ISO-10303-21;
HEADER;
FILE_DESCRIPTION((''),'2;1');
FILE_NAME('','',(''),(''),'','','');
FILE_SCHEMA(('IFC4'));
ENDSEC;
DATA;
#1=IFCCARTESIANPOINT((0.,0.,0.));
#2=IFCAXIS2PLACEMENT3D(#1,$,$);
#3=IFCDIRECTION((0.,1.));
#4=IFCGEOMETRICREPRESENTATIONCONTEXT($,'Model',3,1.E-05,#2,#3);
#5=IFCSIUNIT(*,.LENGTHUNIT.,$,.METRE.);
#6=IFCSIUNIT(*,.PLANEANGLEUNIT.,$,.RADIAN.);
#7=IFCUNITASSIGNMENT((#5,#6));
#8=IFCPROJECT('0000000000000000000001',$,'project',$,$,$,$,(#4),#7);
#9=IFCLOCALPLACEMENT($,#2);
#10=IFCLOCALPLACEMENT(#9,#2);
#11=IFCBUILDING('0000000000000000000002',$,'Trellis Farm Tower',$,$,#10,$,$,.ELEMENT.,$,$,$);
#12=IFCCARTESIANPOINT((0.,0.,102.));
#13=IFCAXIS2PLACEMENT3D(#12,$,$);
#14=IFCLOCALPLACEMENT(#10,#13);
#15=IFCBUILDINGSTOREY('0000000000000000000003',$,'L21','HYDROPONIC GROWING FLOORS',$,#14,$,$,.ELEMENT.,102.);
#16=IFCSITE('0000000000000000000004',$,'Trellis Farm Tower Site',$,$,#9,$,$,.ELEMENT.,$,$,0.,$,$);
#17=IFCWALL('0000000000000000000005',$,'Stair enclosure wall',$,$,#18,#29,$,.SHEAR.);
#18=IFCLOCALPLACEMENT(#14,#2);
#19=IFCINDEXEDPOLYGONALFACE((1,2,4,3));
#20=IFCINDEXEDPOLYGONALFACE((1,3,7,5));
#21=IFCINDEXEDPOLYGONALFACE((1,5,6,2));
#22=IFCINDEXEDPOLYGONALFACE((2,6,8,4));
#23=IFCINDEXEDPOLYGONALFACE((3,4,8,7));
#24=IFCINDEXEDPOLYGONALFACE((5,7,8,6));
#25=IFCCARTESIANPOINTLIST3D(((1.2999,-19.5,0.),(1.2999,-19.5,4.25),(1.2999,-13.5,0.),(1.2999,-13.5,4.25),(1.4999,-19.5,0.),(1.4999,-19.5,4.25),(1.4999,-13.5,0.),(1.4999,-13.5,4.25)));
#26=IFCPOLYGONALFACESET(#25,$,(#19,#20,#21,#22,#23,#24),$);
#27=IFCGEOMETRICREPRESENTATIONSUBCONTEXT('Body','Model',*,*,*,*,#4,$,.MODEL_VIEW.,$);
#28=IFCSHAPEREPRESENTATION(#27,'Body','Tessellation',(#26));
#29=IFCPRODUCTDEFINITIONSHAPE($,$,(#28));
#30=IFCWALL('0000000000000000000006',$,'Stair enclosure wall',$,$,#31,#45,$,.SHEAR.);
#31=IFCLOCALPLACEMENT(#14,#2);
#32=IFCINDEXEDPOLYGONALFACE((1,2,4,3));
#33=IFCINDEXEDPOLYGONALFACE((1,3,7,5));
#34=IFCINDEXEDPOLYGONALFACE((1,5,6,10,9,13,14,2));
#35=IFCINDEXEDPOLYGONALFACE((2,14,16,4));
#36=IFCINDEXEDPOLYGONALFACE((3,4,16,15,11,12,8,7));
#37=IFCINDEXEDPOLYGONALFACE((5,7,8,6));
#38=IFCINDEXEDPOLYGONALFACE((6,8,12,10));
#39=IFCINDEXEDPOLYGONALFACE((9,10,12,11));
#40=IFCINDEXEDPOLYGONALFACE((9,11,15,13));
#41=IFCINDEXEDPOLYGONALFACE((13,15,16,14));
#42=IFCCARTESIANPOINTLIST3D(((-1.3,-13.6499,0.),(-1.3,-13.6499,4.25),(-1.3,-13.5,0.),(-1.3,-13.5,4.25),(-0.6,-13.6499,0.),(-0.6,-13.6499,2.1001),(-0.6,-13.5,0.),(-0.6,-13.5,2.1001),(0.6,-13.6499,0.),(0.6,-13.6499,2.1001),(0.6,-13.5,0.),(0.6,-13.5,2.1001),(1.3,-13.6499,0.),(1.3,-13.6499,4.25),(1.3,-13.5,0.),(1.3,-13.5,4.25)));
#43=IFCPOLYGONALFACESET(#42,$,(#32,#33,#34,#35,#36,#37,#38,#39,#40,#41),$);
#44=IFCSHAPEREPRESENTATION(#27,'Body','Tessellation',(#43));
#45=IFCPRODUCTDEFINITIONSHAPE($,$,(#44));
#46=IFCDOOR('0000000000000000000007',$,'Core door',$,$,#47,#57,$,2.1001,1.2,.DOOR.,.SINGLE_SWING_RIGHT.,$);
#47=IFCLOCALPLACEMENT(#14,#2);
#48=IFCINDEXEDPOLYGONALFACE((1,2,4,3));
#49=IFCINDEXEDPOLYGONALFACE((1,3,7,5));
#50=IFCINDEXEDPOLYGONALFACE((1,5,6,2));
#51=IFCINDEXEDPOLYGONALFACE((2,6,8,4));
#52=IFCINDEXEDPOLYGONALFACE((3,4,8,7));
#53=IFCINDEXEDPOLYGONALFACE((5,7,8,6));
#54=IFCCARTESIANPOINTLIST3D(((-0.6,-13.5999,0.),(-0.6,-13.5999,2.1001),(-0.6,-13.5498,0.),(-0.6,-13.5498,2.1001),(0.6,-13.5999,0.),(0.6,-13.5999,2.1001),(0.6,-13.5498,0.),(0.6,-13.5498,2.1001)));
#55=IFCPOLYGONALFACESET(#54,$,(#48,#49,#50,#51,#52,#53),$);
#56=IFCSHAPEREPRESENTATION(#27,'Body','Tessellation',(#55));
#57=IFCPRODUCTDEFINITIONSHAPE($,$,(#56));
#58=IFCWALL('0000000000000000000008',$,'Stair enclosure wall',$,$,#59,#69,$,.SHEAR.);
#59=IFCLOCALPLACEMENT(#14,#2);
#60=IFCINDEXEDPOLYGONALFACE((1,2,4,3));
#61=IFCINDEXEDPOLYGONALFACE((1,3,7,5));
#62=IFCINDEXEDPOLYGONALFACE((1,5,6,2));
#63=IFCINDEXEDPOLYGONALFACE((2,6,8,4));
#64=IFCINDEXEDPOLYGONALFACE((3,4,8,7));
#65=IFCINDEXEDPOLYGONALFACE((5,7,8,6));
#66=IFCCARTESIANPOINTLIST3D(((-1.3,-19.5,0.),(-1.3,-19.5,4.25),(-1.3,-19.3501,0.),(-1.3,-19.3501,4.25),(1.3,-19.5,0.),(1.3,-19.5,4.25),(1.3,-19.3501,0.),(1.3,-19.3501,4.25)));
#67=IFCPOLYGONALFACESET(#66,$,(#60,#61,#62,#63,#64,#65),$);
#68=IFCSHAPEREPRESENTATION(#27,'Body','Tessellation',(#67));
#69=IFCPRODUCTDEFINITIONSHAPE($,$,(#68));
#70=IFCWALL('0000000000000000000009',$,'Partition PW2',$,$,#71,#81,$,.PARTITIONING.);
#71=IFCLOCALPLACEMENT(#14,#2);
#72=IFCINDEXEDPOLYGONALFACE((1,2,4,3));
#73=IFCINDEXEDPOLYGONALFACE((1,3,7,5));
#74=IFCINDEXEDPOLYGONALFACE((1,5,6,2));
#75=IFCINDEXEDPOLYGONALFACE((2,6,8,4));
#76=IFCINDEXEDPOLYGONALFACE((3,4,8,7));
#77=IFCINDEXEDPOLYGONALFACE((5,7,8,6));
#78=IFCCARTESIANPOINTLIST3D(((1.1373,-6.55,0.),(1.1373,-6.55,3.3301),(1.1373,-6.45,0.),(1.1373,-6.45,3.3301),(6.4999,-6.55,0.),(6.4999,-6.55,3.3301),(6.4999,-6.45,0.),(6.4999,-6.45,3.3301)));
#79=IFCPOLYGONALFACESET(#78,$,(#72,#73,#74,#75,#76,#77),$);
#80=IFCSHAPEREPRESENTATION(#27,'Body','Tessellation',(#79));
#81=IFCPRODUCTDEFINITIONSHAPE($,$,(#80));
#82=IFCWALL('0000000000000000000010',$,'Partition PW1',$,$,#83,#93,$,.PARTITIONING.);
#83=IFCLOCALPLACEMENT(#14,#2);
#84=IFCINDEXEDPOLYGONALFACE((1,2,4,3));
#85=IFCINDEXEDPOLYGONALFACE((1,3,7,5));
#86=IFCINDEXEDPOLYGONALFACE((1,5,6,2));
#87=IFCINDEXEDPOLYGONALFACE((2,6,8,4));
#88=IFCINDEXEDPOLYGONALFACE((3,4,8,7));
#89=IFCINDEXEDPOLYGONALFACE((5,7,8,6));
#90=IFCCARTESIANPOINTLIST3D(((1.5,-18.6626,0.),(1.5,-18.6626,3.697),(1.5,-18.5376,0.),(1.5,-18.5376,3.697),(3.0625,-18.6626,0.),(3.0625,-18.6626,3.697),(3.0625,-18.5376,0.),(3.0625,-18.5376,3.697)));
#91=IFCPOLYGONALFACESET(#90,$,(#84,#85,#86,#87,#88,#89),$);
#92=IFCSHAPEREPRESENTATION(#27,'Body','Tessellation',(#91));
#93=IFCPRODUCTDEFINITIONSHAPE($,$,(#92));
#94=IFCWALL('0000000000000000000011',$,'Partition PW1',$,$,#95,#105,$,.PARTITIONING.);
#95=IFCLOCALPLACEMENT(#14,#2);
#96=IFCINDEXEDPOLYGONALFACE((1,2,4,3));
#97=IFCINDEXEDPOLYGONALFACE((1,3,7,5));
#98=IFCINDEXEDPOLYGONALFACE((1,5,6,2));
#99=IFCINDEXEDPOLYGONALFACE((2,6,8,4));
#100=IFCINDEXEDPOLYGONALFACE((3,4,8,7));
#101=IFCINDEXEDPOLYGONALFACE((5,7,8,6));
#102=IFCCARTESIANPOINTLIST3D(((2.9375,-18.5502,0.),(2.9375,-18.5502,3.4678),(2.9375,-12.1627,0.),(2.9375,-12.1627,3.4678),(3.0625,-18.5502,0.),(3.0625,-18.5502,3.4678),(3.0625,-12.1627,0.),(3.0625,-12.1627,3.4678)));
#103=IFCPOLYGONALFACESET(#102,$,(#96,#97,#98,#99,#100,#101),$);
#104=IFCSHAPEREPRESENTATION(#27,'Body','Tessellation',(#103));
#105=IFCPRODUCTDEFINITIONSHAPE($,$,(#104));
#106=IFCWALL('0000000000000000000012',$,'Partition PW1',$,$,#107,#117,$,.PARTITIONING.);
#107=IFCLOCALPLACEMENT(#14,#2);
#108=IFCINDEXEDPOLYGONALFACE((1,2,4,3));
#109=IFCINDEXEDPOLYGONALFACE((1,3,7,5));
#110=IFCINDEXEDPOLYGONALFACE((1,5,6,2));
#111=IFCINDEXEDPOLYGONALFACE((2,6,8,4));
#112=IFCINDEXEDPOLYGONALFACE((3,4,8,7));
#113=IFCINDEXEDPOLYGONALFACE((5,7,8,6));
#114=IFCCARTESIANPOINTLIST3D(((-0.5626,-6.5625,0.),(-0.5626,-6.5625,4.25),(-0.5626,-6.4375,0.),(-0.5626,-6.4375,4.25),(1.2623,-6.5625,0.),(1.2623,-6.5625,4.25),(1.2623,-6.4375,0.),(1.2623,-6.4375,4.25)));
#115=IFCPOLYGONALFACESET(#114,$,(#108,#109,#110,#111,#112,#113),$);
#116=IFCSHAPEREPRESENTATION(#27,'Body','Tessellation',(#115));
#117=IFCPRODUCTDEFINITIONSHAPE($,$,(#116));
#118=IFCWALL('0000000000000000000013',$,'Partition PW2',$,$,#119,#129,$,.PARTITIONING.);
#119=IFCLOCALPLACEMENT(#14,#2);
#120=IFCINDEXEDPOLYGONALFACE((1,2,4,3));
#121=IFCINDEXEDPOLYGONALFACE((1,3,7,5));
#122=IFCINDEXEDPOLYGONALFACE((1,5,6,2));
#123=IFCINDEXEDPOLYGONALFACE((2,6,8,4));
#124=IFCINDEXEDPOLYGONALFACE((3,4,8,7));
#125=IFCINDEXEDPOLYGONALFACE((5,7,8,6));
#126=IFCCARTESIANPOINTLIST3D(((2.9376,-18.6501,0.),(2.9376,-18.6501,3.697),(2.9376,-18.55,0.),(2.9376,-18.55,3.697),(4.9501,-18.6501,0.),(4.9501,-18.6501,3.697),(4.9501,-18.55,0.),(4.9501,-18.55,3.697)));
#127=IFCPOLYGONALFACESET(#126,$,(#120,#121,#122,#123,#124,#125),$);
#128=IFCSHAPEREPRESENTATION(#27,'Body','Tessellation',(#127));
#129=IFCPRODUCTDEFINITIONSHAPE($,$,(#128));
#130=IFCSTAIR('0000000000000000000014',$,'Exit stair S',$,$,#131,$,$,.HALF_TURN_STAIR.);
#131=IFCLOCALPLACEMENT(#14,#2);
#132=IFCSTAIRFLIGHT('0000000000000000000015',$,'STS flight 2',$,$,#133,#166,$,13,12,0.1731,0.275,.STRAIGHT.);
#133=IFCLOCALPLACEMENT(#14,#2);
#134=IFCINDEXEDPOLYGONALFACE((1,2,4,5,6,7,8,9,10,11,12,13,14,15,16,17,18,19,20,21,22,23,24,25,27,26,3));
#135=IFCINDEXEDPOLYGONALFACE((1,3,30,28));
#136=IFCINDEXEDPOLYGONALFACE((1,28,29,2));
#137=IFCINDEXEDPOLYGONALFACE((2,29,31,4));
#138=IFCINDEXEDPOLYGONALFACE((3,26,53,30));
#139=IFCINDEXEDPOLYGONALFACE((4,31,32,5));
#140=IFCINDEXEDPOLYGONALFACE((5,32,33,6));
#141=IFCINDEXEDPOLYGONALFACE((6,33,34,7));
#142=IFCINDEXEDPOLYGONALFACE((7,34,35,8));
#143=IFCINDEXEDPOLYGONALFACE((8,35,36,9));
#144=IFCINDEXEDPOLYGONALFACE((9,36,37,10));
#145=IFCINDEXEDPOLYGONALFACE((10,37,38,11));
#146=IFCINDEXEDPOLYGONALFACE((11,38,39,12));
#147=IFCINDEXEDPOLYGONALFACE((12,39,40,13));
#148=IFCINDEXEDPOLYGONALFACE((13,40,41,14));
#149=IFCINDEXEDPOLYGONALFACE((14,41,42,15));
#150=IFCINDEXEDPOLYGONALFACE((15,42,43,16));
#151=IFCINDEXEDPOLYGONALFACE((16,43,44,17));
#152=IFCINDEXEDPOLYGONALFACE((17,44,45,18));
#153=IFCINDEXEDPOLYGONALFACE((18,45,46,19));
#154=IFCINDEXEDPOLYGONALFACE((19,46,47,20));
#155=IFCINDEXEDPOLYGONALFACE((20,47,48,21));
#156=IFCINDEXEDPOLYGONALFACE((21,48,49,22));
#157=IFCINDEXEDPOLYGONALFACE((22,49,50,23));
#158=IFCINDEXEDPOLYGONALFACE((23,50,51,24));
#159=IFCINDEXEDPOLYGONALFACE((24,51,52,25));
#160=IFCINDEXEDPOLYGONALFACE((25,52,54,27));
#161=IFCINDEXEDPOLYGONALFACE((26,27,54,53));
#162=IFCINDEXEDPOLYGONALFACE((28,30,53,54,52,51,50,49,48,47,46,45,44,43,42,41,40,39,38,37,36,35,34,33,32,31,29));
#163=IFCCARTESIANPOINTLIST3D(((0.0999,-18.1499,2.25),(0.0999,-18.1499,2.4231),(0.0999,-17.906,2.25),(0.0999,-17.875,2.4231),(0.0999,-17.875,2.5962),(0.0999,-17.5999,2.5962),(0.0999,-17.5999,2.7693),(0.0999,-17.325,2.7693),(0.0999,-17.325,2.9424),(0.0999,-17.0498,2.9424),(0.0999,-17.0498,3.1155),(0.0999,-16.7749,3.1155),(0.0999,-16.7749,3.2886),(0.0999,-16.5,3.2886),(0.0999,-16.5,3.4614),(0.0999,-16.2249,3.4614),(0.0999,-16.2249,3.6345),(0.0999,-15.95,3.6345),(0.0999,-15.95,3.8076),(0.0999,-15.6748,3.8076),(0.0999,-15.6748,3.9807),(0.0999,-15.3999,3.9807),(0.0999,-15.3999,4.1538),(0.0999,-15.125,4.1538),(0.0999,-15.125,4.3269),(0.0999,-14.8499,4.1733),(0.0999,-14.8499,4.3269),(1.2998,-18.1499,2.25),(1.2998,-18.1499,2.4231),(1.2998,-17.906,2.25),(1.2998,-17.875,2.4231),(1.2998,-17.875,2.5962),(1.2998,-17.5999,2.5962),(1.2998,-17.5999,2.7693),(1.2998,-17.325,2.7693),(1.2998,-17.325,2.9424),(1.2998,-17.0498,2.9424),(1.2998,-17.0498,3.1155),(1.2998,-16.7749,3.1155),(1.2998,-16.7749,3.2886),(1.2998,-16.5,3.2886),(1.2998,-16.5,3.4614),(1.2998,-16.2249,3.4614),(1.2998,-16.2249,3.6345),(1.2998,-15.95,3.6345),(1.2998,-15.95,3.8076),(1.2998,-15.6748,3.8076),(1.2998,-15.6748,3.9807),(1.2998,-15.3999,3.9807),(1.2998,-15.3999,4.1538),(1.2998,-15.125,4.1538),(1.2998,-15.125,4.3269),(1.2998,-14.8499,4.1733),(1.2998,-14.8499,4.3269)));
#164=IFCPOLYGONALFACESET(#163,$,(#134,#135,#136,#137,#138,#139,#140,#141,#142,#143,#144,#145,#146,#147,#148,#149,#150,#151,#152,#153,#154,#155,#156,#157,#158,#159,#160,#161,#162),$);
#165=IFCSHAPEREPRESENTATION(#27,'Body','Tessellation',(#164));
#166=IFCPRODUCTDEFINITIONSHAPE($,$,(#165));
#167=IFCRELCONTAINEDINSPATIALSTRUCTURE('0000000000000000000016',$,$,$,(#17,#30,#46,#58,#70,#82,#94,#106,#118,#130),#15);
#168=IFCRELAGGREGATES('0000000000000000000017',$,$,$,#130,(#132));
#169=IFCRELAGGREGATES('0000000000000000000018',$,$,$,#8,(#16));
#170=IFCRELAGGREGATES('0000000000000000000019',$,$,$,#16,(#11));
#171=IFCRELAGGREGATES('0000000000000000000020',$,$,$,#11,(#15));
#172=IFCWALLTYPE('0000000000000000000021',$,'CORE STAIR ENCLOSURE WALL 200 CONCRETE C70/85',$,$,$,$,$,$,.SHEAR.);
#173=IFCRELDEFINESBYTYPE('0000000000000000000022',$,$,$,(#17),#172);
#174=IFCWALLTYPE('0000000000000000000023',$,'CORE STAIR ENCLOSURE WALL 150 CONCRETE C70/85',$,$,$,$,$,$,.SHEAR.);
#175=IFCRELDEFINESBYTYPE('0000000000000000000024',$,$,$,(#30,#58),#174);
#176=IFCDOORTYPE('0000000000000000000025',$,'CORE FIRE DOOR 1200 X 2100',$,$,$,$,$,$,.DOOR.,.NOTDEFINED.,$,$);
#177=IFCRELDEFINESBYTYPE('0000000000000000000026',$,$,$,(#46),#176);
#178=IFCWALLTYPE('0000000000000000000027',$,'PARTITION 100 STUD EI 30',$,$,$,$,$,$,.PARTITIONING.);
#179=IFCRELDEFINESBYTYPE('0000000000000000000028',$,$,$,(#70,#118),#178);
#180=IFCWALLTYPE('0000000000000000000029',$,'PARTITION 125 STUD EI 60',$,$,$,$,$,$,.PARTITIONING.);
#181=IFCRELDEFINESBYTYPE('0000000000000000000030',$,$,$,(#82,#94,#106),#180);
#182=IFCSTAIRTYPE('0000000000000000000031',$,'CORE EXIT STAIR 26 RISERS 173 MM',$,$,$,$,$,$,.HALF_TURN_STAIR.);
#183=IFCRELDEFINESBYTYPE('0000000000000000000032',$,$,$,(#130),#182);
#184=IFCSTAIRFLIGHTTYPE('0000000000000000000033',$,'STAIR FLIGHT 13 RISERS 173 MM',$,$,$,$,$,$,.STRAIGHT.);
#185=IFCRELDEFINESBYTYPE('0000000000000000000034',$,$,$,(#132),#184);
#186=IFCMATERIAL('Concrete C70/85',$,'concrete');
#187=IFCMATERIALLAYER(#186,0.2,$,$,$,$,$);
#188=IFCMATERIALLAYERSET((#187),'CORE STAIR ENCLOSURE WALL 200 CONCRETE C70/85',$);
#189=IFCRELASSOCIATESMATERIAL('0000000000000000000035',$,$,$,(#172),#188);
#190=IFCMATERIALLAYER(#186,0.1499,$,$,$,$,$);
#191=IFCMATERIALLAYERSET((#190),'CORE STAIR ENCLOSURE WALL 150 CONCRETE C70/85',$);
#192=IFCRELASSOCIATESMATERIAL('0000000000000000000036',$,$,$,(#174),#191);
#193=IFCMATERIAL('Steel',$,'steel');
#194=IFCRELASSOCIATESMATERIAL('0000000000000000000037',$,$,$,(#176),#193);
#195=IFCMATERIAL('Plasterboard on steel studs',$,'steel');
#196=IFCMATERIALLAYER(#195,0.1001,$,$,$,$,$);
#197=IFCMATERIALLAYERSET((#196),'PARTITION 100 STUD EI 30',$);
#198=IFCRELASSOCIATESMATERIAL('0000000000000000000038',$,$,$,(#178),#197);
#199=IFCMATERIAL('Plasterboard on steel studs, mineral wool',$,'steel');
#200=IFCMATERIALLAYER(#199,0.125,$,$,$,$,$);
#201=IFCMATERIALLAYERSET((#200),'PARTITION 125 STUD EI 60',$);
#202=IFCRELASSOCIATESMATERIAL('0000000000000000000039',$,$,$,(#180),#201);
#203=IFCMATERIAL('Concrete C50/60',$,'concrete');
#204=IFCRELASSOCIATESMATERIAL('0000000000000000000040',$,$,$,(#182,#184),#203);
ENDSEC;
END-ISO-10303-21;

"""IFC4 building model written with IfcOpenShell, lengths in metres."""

from ifc_helpers import new_model, si_unit, direction, frame, frame_2d, origin, place, context, subcontext, project, spatial, polyline, rectangle, outline, extrude, source, transform, mapped, material, layer, layer_set, type_object, element, fill, aggregate, save


model = new_model("IFC4")

# Units and contexts
model_context = context("Model", 3, precision=1e-05, world=origin(), true_north=direction((0.0, 1.0)))
body_context = subcontext(model_context, "Body", "Model", "MODEL_VIEW")
ifc_project = project(units=[si_unit("LENGTHUNIT", "METRE"), si_unit("PLANEANGLEUNIT", "RADIAN")], contexts=[model_context])

# Site, building, storey
site_placement = place(None, origin())
site = spatial("IfcSite", under=ifc_project, at=site_placement, Name="Trellis Farm Tower Site", CompositionType="ELEMENT", RefElevation=0.0)
building_placement = place(site_placement, origin())
building = spatial("IfcBuilding", under=site, at=building_placement, Name="Trellis Farm Tower", CompositionType="ELEMENT")
storey_placement = place(building_placement, frame((0.0, 0.0, 102.0)))
storey = spatial("IfcBuildingStorey", under=building, at=storey_placement, Name="L21", Description="HYDROPONIC GROWING FLOORS", CompositionType="ELEMENT", Elevation=102.0)

# Shared definitions
placement = place(storey_placement, origin())

# Wall
ifc_material_1 = material(Name="Concrete C70/85", Category="concrete")
ifc_layer_1 = layer(ifc_material_1, 0.2)
ifc_layer_set_1 = layer_set([ifc_layer_1], Name="CORE STAIR ENCLOSURE WALL 200 CONCRETE C70/85")
wall_type_1 = type_object("IfcWallType", Name="CORE STAIR ENCLOSURE WALL 200 CONCRETE C70/85", PredefinedType="SHEAR", material=ifc_layer_set_1)
shared_shape_1 = source(origin(), body_context, "Body", "SweptSolid", [
    extrude(rectangle(XDim=6.0, YDim=0.2, at=frame_2d((3.0, 0.0))), origin(), (0.0, 0.0, 1.0), 4.25),
])
wall_1_placement = place(storey_placement, frame((1.3999, -13.5, 0.0), z_axis=(0.0, 0.0, 1.0), x_axis=(0.0, -1.0, 0.0)))
element("IfcWall", 1, at=wall_1_placement, inside=storey, type_object=wall_type_1, Name="Stair enclosure wall", PredefinedType="SHEAR", context=body_context, shape_type="MappedRepresentation", body=[
    mapped(shared_shape_1, transform((0.0, 0.0, 0.0))),
])

# Wall, opening, door
ifc_layer_2 = layer(ifc_material_1, 0.1499)
ifc_layer_set_2 = layer_set([ifc_layer_2], Name="CORE STAIR ENCLOSURE WALL 150 CONCRETE C70/85")
wall_type_2 = type_object("IfcWallType", Name="CORE STAIR ENCLOSURE WALL 150 CONCRETE C70/85", PredefinedType="SHEAR", material=ifc_layer_set_2)
shared_shape_2 = source(origin(), body_context, "Body", "SweptSolid", [
    extrude(rectangle(XDim=2.6001, YDim=0.1499, at=frame_2d((1.3, 0.0))), origin(), (0.0, 0.0, 1.0), 4.25),
])
wall_2_placement = place(storey_placement, frame((1.3, -13.575, 0.0), z_axis=(0.0, 0.0, 1.0), x_axis=(-1.0, 0.0, 0.0)))
wall_2 = element("IfcWall", 2, at=wall_2_placement, inside=storey, type_object=wall_type_2, Name="Stair enclosure wall", PredefinedType="SHEAR", context=body_context, shape_type="MappedRepresentation", body=[
    mapped(shared_shape_2, transform((0.0, 0.0, 0.0))),
])
shared_shape_3 = source(origin(), body_context, "Body", "SweptSolid", [
    extrude(rectangle(XDim=1.2, YDim=2.1001, at=frame_2d((0.6001, 1.05))), frame((0.0, 0.085, 0.0), z_axis=(0.0, -1.0, 0.0), x_axis=(1.0, 0.0, 0.0)), (0.0, 0.0, 1.0), 0.1699),
])
opening_placement = place(wall_2_placement, frame((0.7, 0.0, 0.0)))
opening = element("IfcOpeningElement", 3, at=opening_placement, cuts=wall_2, PredefinedType="OPENING", context=body_context, shape_type="MappedRepresentation", body=[
    mapped(shared_shape_3, transform((0.0, 0.0, 0.0))),
])
ifc_material_2 = material(Name="Steel", Category="steel")
door_type = type_object("IfcDoorType", Name="CORE FIRE DOOR 1200 X 2100", OperationType="NOTDEFINED", PredefinedType="DOOR", material=ifc_material_2)
shared_shape_4 = source(origin(), body_context, "Body", "SweptSolid", [
    extrude(rectangle(XDim=1.2, YDim=2.1001, at=frame_2d((0.6001, 1.05))), frame((0.0, 0.0249, 0.0), z_axis=(0.0, -1.0, 0.0), x_axis=(1.0, 0.0, 0.0)), (0.0, 0.0, 1.0), 0.05),
])
door_placement = place(opening_placement, origin())
door = element("IfcDoor", 4, at=door_placement, inside=storey, type_object=door_type, Name="Core door", OperationType="SINGLE_SWING_RIGHT", OverallHeight=2.1001, OverallWidth=1.2, PredefinedType="DOOR", context=body_context, shape_type="MappedRepresentation", body=[
    mapped(shared_shape_4, transform((0.0, 0.0, 0.0))),
])
fill(opening, door)

# Walls
wall_3_placement = place(storey_placement, frame((1.3, -19.425, 0.0), z_axis=(0.0, 0.0, 1.0), x_axis=(-1.0, 0.0, 0.0)))
element("IfcWall", 5, at=wall_3_placement, inside=storey, type_object=wall_type_2, Name="Stair enclosure wall", PredefinedType="SHEAR", context=body_context, shape_type="MappedRepresentation", body=[
    mapped(shared_shape_2, transform((0.0, 0.0, 0.0))),
])
ifc_material_3 = material(Name="Plasterboard on steel studs", Category="steel")
ifc_layer_3 = layer(ifc_material_3, 0.1001)
ifc_layer_set_3 = layer_set([ifc_layer_3], Name="PARTITION 100 STUD EI 30")
wall_type_3 = type_object("IfcWallType", Name="PARTITION 100 STUD EI 30", PredefinedType="PARTITIONING", material=ifc_layer_set_3)
shared_shape_5 = source(origin(), body_context, "Body", "SweptSolid", [
    extrude(rectangle(XDim=5.3625, YDim=0.1001, at=frame_2d((2.6812, 0.0))), origin(), (0.0, 0.0, 1.0), 3.3301),
])
wall_4_placement = place(storey_placement, frame((1.1375, -6.5, 0.0), z_axis=(0.0, 0.0, 1.0), x_axis=(1.0, 0.0, 0.0)))
element("IfcWall", 6, at=wall_4_placement, inside=storey, type_object=wall_type_3, Name="Partition PW2", PredefinedType="PARTITIONING", context=body_context, shape_type="MappedRepresentation", body=[
    mapped(shared_shape_5, transform((0.0, 0.0, 0.0))),
])
ifc_material_4 = material(Name="Plasterboard on steel studs, mineral wool", Category="steel")
ifc_layer_4 = layer(ifc_material_4, 0.125)
ifc_layer_set_4 = layer_set([ifc_layer_4], Name="PARTITION 125 STUD EI 60")
wall_type_4 = type_object("IfcWallType", Name="PARTITION 125 STUD EI 60", PredefinedType="PARTITIONING", material=ifc_layer_set_4)
shared_shape_6 = source(origin(), body_context, "Body", "SweptSolid", [
    extrude(rectangle(XDim=1.5625, YDim=0.125, at=frame_2d((0.7812, 0.0))), origin(), (0.0, 0.0, 1.0), 3.697),
])
wall_5_placement = place(storey_placement, frame((3.0625, -18.6001, 0.0), z_axis=(0.0, 0.0, 1.0), x_axis=(-1.0, 0.0, 0.0)))
element("IfcWall", 7, at=wall_5_placement, inside=storey, type_object=wall_type_4, Name="Partition PW1", PredefinedType="PARTITIONING", context=body_context, shape_type="MappedRepresentation", body=[
    mapped(shared_shape_6, transform((0.0, 0.0, 0.0))),
])
shared_shape_7 = source(origin(), body_context, "Body", "SweptSolid", [
    extrude(rectangle(XDim=6.3875, YDim=0.125, at=frame_2d((3.1938, 0.0))), origin(), (0.0, 0.0, 1.0), 3.4678),
])
wall_6_placement = place(storey_placement, frame((3.0, -12.1626, 0.0), z_axis=(0.0, 0.0, 1.0), x_axis=(0.0, -1.0, 0.0)))
element("IfcWall", 8, at=wall_6_placement, inside=storey, type_object=wall_type_4, Name="Partition PW1", PredefinedType="PARTITIONING", context=body_context, shape_type="MappedRepresentation", body=[
    mapped(shared_shape_7, transform((0.0, 0.0, 0.0))),
])
shared_shape_8 = source(origin(), body_context, "Body", "SweptSolid", [
    extrude(rectangle(XDim=1.825, YDim=0.125, at=frame_2d((0.9126, 0.0))), origin(), (0.0, 0.0, 1.0), 4.25),
])
wall_7_placement = place(storey_placement, frame((1.2625, -6.5, 0.0), z_axis=(0.0, 0.0, 1.0), x_axis=(-1.0, 0.0, 0.0)))
element("IfcWall", 9, at=wall_7_placement, inside=storey, type_object=wall_type_4, Name="Partition PW1", PredefinedType="PARTITIONING", context=body_context, shape_type="MappedRepresentation", body=[
    mapped(shared_shape_8, transform((0.0, 0.0, 0.0))),
])
shared_shape_9 = source(origin(), body_context, "Body", "SweptSolid", [
    extrude(rectangle(XDim=2.0125, YDim=0.1001, at=frame_2d((1.0063, 0.0))), origin(), (0.0, 0.0, 1.0), 3.697),
])
wall_8_placement = place(storey_placement, frame((2.9375, -18.6001, 0.0), z_axis=(0.0, 0.0, 1.0), x_axis=(1.0, 0.0, 0.0)))
element("IfcWall", 10, at=wall_8_placement, inside=storey, type_object=wall_type_3, Name="Partition PW2", PredefinedType="PARTITIONING", context=body_context, shape_type="MappedRepresentation", body=[
    mapped(shared_shape_9, transform((0.0, 0.0, 0.0))),
])

# Stair, stair flight
ifc_material_5 = material(Name="Concrete C50/60", Category="concrete")
stair_type = type_object("IfcStairType", Name="CORE EXIT STAIR 26 RISERS 173 MM", PredefinedType="HALF_TURN_STAIR", material=ifc_material_5)
stair = element("IfcStair", 11, at=placement, inside=storey, type_object=stair_type, Name="Exit stair S", PredefinedType="HALF_TURN_STAIR")
stair_flight_type = type_object("IfcStairFlightType", Name="STAIR FLIGHT 13 RISERS 173 MM", PredefinedType="STRAIGHT", material=ifc_material_5)
shared_shape_10 = source(origin(), body_context, "Body", "SweptSolid", [
    extrude(outline(polyline([(0.0, 0.0), (0.0, 0.1731), (0.2749, 0.1731), (0.2749, 0.3462), (0.55, 0.3462), (0.55, 0.5193), (0.825, 0.5193), (0.825, 0.6924), (1.1001, 0.6924), (1.1001, 0.8655), (1.375, 0.8655), (1.375, 1.0386), (1.6499, 1.0386), (1.6499, 1.2114), (1.925, 1.2114), (1.925, 1.3845), (2.2, 1.3845), (2.2, 1.5576), (2.4751, 1.5576), (2.4751, 1.7307), (2.75, 1.7307), (2.75, 1.9038), (3.0249, 1.9038), (3.0249, 2.0769), (3.3, 2.0769), (3.3, 2.25), (3.3, 1.9233), (0.2439, 0.0), (0.0, 0.0)])), frame((0.0, 0.6001, 0.0), z_axis=(0.0, -1.0, 0.0), x_axis=(1.0, 0.0, 0.0)), (0.0, 0.0, 1.0), 1.2),
])
stair_flight_placement = place(storey_placement, frame((0.7, -18.1499, 2.25), z_axis=(0.0, 0.0, 1.0), x_axis=(0.0, 1.0, 0.0)))
stair_flight = element("IfcStairFlight", 12, at=stair_flight_placement, type_object=stair_flight_type, Name="STS flight 2", NumberOfRisers=13, NumberOfTreads=12, PredefinedType="STRAIGHT", RiserHeight=0.1731, TreadLength=0.275, context=body_context, shape_type="MappedRepresentation", body=[
    mapped(shared_shape_10, transform((0.0, 0.0, 0.0))),
])
aggregate(stair, [stair_flight])

save(model, "model.ifc")
